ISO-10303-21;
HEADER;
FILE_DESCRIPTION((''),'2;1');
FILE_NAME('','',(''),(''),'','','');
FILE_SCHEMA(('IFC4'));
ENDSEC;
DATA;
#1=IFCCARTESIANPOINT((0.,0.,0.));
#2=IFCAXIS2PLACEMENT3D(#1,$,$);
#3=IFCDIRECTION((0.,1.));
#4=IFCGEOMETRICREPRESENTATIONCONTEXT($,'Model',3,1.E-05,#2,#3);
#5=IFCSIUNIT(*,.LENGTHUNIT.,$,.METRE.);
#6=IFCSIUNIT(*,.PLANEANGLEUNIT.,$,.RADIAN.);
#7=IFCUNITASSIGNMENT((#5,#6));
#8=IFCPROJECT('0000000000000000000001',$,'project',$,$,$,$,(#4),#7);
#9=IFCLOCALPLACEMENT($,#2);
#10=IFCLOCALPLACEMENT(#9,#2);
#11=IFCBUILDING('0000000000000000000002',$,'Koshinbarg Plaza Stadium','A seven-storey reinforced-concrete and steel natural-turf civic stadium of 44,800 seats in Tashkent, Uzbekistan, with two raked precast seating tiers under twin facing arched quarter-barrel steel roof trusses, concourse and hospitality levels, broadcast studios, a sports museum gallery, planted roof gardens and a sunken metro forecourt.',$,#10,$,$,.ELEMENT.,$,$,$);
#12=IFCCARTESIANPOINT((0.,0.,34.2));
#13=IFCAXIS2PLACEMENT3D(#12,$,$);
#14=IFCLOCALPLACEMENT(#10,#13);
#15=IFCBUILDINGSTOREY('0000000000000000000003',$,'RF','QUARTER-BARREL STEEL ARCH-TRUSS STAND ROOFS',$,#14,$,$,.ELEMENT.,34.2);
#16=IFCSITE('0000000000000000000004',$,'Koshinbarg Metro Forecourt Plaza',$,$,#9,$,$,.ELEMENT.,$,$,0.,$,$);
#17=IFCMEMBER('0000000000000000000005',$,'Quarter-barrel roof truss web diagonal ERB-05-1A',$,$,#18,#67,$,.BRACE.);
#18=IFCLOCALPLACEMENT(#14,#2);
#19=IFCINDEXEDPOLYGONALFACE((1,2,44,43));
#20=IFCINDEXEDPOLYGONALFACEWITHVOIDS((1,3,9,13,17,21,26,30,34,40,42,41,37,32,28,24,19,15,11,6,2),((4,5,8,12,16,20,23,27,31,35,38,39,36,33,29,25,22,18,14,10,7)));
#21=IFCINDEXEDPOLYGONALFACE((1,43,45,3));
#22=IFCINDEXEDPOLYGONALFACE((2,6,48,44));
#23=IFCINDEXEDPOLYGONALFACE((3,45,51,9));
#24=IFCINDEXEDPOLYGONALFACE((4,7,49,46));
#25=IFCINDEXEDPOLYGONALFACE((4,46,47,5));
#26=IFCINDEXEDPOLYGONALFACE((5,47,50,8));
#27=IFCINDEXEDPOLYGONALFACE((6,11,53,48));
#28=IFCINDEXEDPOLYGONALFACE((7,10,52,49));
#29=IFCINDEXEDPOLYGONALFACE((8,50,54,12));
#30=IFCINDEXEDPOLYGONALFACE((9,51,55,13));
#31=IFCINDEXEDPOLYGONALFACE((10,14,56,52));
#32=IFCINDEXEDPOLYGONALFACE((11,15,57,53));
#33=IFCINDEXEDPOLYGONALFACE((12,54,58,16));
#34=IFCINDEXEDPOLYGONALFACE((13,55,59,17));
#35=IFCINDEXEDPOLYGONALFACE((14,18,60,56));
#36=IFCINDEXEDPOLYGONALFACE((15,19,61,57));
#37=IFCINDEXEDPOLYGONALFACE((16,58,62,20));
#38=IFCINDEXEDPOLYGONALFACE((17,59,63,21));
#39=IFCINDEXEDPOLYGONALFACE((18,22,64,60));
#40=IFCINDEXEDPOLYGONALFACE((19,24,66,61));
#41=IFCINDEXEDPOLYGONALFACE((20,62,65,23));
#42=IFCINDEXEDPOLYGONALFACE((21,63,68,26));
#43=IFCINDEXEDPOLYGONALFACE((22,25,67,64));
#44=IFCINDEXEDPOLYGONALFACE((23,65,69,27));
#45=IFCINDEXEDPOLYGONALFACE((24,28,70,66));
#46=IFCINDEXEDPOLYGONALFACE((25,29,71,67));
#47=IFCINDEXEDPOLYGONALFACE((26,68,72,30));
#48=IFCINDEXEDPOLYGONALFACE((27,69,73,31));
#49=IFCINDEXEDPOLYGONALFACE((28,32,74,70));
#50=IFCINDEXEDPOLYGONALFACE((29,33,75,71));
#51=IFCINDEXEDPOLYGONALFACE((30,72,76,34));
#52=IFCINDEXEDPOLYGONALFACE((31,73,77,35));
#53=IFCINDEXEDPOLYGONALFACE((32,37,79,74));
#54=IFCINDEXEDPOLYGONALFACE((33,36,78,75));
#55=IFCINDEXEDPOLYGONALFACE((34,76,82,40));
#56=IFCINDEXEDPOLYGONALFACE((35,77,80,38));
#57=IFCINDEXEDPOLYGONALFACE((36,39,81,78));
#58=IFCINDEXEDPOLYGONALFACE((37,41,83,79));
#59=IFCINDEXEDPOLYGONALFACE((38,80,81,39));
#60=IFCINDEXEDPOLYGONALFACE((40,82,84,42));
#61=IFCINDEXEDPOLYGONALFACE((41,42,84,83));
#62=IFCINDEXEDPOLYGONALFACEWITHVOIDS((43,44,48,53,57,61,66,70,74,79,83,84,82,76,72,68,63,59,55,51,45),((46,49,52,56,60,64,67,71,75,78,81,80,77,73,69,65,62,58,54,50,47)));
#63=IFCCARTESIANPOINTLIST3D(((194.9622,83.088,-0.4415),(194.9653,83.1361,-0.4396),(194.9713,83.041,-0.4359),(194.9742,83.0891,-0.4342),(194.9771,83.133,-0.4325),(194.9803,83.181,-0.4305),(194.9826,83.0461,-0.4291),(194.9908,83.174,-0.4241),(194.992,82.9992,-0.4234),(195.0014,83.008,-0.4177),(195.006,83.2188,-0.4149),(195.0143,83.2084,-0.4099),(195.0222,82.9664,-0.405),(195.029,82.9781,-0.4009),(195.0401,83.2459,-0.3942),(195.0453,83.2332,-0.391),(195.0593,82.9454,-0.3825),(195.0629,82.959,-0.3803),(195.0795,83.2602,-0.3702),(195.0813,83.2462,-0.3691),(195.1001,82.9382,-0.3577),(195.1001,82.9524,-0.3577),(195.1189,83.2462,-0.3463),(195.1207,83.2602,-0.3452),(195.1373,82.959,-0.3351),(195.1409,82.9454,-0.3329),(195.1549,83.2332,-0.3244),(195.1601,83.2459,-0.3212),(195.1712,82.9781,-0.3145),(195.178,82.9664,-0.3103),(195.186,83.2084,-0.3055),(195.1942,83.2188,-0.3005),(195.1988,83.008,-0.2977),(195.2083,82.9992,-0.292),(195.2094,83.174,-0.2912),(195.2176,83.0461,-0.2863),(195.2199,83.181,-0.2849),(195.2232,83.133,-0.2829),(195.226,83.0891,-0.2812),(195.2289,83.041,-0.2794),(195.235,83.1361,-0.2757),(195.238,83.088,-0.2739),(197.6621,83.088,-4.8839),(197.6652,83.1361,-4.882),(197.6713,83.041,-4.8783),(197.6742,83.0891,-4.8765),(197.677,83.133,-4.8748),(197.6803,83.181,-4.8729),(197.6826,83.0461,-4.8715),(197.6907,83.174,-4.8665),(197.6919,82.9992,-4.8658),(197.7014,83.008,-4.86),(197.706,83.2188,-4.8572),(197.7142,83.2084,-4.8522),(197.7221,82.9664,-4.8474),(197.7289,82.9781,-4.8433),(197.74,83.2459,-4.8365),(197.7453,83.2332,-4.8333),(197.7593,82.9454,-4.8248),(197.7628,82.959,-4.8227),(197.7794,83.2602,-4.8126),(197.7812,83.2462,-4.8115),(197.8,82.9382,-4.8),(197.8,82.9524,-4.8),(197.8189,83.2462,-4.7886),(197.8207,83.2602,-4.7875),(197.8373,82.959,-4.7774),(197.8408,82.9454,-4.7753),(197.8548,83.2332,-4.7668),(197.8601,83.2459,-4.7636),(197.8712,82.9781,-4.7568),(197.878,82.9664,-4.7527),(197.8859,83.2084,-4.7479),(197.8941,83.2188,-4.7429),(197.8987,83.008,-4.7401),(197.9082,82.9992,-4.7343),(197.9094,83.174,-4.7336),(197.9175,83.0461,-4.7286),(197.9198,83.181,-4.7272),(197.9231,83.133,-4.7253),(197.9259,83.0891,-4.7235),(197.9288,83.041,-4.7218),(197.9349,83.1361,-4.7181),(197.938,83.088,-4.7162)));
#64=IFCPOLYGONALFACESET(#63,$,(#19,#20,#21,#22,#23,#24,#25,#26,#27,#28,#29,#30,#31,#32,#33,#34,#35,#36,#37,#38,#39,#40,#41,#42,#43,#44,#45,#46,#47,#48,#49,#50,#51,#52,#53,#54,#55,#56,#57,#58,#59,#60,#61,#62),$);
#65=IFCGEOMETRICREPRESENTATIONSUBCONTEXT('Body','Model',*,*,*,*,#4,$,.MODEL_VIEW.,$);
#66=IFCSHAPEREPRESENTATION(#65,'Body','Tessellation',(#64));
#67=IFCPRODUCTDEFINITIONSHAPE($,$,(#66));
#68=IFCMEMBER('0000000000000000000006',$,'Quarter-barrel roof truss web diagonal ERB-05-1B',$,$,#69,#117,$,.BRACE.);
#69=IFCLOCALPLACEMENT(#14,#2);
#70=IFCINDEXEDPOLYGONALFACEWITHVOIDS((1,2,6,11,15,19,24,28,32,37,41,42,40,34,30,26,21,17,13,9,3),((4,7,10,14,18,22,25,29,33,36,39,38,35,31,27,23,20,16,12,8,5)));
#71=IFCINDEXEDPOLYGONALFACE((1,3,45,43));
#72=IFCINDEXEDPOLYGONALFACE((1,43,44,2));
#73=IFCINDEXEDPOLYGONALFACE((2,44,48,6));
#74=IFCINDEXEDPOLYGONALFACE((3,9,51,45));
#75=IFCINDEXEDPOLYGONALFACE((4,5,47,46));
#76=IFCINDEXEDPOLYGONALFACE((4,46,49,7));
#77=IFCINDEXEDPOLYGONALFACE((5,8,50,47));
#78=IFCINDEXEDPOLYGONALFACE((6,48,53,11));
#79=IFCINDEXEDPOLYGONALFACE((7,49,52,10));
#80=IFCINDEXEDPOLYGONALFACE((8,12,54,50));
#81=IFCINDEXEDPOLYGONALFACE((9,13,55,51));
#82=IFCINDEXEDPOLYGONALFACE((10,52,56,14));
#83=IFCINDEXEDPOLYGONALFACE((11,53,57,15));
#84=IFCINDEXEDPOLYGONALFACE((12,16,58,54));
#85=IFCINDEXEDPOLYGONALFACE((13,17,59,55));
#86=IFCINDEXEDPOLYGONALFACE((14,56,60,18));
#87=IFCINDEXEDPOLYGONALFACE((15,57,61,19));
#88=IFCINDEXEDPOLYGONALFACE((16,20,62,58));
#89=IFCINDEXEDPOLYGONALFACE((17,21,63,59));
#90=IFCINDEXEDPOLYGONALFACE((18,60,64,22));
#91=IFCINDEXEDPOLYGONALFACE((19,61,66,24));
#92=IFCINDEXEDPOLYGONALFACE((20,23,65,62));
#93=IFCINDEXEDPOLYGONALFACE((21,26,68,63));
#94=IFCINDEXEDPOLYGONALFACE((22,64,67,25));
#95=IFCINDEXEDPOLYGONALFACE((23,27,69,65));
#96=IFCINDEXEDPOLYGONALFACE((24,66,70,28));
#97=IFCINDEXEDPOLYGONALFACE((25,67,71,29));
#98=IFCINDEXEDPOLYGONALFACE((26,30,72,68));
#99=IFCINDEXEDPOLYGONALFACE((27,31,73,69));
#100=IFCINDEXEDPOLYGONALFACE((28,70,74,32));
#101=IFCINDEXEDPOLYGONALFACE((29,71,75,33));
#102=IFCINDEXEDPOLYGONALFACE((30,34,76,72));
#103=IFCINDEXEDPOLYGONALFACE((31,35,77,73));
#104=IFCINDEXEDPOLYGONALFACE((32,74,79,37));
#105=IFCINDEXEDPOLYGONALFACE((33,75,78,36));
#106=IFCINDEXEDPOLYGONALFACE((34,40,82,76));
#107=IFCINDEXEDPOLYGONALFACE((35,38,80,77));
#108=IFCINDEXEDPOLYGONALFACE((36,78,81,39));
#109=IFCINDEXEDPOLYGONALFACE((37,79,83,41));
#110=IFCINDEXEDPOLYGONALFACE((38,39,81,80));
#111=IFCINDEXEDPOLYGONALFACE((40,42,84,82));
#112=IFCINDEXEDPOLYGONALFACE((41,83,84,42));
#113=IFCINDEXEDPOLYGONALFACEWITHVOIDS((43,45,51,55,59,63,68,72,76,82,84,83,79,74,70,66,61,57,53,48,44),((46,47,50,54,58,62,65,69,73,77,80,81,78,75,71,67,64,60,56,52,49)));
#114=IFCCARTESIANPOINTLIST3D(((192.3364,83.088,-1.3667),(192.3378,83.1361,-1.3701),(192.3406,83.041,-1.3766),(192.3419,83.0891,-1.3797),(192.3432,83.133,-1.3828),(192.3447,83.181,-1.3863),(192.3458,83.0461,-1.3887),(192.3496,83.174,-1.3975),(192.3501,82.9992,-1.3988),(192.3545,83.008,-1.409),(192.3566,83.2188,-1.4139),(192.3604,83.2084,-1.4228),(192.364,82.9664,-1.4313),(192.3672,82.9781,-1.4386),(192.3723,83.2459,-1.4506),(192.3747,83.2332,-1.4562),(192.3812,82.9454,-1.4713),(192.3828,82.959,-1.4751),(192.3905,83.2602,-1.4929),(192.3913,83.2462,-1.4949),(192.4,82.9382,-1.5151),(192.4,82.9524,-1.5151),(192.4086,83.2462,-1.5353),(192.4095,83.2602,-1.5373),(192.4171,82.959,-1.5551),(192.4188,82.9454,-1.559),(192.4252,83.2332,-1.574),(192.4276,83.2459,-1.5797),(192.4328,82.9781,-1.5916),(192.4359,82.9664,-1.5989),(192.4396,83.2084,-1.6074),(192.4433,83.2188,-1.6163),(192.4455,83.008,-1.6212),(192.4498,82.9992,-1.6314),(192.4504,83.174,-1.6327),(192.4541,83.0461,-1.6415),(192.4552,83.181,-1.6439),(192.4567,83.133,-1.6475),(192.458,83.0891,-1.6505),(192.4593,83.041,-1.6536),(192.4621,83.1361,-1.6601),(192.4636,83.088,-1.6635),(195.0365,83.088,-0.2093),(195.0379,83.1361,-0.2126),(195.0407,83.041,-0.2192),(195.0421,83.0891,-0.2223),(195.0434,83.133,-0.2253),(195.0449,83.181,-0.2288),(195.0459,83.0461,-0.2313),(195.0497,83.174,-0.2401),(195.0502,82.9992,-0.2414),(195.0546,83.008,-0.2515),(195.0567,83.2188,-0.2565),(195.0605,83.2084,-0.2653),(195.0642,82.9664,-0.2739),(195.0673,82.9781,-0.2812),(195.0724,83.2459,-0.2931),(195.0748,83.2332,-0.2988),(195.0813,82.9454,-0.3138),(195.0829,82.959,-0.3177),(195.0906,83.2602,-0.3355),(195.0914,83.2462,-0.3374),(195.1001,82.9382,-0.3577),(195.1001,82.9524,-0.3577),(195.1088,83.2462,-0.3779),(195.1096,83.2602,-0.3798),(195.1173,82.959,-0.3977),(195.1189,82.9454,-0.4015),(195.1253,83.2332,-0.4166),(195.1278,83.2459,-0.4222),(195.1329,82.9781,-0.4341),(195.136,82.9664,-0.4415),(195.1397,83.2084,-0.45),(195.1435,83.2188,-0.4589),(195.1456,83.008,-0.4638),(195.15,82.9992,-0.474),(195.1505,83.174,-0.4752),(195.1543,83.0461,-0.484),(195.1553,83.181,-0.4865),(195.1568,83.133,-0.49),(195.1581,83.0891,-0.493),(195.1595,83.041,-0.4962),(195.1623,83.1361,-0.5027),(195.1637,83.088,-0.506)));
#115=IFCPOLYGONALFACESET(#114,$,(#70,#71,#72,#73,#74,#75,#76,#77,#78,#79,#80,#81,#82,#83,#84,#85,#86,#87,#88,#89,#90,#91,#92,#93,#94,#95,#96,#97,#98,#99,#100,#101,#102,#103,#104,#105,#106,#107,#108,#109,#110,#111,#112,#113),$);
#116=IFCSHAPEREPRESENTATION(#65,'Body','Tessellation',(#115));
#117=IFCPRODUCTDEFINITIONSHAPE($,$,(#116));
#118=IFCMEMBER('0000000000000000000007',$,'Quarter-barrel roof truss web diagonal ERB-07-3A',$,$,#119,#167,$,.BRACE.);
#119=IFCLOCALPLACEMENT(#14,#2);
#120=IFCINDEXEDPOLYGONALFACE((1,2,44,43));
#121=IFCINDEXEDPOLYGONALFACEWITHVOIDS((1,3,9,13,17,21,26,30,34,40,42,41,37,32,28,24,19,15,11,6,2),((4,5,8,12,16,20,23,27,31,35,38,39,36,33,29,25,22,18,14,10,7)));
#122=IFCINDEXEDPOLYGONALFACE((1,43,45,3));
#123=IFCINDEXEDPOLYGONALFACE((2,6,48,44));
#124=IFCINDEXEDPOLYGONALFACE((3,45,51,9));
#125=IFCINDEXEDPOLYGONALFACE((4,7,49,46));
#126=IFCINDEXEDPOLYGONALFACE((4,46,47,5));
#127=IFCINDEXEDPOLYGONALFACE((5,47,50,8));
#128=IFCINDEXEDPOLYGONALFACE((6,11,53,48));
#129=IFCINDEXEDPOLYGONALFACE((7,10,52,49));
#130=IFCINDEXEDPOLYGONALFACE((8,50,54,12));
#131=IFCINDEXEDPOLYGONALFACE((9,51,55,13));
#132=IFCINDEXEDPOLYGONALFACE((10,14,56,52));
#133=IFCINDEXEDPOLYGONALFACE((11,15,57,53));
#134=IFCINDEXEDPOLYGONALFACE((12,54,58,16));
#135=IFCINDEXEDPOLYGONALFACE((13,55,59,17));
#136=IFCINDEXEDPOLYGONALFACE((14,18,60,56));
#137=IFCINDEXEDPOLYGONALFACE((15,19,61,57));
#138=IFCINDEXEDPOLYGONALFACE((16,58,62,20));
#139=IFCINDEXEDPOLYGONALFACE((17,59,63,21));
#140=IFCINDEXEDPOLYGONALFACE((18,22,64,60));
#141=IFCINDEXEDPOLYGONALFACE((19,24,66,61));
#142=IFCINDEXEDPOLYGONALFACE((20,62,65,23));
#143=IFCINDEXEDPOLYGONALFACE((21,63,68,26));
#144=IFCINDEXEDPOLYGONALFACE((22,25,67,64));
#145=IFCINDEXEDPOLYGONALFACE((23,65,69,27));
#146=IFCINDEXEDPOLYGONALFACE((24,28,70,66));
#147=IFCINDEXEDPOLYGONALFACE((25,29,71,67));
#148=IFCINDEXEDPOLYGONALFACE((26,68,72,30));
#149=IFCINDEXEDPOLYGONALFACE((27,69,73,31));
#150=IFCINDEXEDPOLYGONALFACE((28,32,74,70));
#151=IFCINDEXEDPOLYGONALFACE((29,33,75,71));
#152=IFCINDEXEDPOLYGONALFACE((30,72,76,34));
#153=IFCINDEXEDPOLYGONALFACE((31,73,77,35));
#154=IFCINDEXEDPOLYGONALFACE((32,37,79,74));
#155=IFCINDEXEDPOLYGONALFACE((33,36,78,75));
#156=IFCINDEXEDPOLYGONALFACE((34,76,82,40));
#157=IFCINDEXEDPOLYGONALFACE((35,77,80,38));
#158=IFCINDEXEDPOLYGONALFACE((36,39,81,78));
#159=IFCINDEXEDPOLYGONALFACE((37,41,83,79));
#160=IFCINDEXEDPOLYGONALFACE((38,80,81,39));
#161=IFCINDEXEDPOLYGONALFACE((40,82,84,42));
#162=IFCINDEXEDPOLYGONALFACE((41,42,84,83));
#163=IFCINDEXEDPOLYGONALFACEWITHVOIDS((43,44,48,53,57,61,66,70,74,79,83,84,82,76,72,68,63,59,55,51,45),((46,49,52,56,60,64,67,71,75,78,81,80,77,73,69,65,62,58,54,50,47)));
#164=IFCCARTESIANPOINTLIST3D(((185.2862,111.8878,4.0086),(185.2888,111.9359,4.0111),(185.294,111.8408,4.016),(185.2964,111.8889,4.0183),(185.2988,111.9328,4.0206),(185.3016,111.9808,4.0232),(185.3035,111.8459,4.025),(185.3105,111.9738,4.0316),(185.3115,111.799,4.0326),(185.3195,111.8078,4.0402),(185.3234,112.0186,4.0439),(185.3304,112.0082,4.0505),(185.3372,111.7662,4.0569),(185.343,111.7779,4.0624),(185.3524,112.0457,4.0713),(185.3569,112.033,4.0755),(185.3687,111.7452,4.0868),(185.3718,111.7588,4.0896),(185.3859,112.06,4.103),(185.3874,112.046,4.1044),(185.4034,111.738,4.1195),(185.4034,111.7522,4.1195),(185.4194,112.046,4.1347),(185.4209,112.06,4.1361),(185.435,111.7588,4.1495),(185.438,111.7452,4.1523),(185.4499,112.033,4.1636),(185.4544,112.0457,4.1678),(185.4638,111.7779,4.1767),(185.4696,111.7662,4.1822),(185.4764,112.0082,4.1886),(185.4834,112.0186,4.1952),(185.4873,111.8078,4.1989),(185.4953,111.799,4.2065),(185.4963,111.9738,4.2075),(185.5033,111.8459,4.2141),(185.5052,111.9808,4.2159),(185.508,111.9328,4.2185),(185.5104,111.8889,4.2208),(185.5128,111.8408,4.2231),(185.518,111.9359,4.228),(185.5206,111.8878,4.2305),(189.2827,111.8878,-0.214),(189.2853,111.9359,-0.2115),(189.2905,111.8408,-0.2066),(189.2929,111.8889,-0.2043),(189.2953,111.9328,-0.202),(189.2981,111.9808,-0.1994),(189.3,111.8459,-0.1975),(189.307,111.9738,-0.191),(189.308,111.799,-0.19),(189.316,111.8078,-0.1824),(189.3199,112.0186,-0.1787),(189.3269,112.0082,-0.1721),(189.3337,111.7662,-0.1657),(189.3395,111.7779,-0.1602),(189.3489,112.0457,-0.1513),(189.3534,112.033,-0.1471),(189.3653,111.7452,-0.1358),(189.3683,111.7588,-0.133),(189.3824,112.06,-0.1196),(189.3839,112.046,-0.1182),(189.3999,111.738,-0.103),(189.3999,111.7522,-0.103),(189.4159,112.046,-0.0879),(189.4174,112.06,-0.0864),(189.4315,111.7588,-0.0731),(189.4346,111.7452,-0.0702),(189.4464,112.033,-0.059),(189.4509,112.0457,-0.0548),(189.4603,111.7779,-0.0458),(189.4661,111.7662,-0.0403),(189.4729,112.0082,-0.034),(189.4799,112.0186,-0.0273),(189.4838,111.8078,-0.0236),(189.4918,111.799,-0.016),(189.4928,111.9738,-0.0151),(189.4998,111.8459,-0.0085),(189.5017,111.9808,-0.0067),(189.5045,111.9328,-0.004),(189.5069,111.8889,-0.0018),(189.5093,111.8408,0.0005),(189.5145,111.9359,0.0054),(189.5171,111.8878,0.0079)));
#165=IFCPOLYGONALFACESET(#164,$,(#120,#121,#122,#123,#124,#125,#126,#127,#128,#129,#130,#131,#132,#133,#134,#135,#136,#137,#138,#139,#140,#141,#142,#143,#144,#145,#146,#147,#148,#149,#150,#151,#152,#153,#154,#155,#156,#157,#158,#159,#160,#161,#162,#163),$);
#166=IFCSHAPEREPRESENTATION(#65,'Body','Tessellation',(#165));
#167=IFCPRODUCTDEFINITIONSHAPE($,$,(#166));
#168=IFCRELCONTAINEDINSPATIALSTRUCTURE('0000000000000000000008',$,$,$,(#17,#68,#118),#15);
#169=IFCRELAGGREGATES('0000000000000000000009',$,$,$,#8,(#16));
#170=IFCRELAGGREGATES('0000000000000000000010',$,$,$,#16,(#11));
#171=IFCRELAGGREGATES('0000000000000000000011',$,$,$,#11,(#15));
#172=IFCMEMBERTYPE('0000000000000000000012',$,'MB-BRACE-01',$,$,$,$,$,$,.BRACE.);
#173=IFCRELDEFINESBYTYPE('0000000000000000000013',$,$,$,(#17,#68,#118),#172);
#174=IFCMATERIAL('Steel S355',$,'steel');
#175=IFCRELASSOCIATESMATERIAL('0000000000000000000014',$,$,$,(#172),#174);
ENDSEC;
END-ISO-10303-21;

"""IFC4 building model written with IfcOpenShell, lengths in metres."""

from ifc_helpers import new_model, si_unit, direction, frame, origin, origin_2d, place, context, subcontext, project, spatial, hollow_circle, extrude, material, material_profile, profile_set, type_object, element, save


model = new_model("IFC4")

# Units and contexts
model_context = context("Model", 3, precision=1e-05, world=origin(), true_north=direction((0.0, 1.0)))
body_context = subcontext(model_context, "Body", "Model", "MODEL_VIEW")
ifc_project = project(units=[si_unit("LENGTHUNIT", "METRE"), si_unit("PLANEANGLEUNIT", "RADIAN")], contexts=[model_context])

# Site, building, storey
site_placement = place(None, origin())
site = spatial("IfcSite", under=ifc_project, at=site_placement, Name="Koshinbarg Metro Forecourt Plaza", CompositionType="ELEMENT", RefElevation=0.0)
building_placement = place(site_placement, origin())
building = spatial("IfcBuilding", under=site, at=building_placement, Name="Koshinbarg Plaza Stadium", Description="A seven-storey reinforced-concrete and steel natural-turf civic stadium of 44,800 seats in Tashkent, Uzbekistan, with two raked precast seating tiers under twin facing arched quarter-barrel steel roof trusses, concourse and hospitality levels, broadcast studios, a sports museum gallery, planted roof gardens and a sunken metro forecourt.", CompositionType="ELEMENT")
storey_placement = place(building_placement, frame((0.0, 0.0, 34.2)))
storey = spatial("IfcBuildingStorey", under=building, at=storey_placement, Name="RF", Description="QUARTER-BARREL STEEL ARCH-TRUSS STAND ROOFS", CompositionType="ELEMENT", Elevation=34.2)

# Members
ifc_material_1 = material(Name="Steel S355", Category="steel")
ifc_material_profile_1 = material_profile(ifc_material_1, hollow_circle(Radius=0.1619, WallThickness=0.0142, at=origin_2d()), Name="CHS 323.9x14.2")
ifc_profile_set_1 = profile_set([ifc_material_profile_1], Name="Steel S355")
member_type_1 = type_object("IfcMemberType", Name="MB-BRACE-01", PredefinedType="BRACE", material=ifc_profile_set_1)
member_1_placement = place(storey_placement, frame((197.8, 83.1001, -4.8), z_axis=(-0.51937, 0.0, 0.854549), x_axis=(0.0, -1.0, 0.0)))
element("IfcMember", 1, at=member_1_placement, inside=storey, type_object=member_type_1, Name="Quarter-barrel roof truss web diagonal ERB-05-1A", PredefinedType="BRACE", context=body_context, shape_type="SweptSolid", body=[
    extrude(hollow_circle(Radius=0.1619, WallThickness=0.0142, at=origin_2d()), origin(), (0.0, 0.0, 1.0), 5.1985),
])
member_2_placement = place(storey_placement, frame((195.1001, 83.1001, -0.3577), z_axis=(-0.919115, 0.0, -0.39399), x_axis=(0.0, -1.0, 0.0)))
element("IfcMember", 2, at=member_2_placement, inside=storey, type_object=member_type_1, Name="Quarter-barrel roof truss web diagonal ERB-05-1B", PredefinedType="BRACE", context=body_context, shape_type="SweptSolid", body=[
    extrude(hollow_circle(Radius=0.1619, WallThickness=0.0142, at=origin_2d()), origin(), (0.0, 0.0, 1.0), 2.9377),
])
member_3_placement = place(storey_placement, frame((189.3999, 111.8999, -0.103), z_axis=(-0.687397, 0.0, 0.726281), x_axis=(0.0, -1.0, 0.0)))
element("IfcMember", 3, at=member_3_placement, inside=storey, type_object=member_type_1, Name="Quarter-barrel roof truss web diagonal ERB-07-3A", PredefinedType="BRACE", context=body_context, shape_type="SweptSolid", body=[
    extrude(hollow_circle(Radius=0.1619, WallThickness=0.0142, at=origin_2d()), origin(), (0.0, 0.0, 1.0), 5.814),
])

save(model, "model.ifc")
